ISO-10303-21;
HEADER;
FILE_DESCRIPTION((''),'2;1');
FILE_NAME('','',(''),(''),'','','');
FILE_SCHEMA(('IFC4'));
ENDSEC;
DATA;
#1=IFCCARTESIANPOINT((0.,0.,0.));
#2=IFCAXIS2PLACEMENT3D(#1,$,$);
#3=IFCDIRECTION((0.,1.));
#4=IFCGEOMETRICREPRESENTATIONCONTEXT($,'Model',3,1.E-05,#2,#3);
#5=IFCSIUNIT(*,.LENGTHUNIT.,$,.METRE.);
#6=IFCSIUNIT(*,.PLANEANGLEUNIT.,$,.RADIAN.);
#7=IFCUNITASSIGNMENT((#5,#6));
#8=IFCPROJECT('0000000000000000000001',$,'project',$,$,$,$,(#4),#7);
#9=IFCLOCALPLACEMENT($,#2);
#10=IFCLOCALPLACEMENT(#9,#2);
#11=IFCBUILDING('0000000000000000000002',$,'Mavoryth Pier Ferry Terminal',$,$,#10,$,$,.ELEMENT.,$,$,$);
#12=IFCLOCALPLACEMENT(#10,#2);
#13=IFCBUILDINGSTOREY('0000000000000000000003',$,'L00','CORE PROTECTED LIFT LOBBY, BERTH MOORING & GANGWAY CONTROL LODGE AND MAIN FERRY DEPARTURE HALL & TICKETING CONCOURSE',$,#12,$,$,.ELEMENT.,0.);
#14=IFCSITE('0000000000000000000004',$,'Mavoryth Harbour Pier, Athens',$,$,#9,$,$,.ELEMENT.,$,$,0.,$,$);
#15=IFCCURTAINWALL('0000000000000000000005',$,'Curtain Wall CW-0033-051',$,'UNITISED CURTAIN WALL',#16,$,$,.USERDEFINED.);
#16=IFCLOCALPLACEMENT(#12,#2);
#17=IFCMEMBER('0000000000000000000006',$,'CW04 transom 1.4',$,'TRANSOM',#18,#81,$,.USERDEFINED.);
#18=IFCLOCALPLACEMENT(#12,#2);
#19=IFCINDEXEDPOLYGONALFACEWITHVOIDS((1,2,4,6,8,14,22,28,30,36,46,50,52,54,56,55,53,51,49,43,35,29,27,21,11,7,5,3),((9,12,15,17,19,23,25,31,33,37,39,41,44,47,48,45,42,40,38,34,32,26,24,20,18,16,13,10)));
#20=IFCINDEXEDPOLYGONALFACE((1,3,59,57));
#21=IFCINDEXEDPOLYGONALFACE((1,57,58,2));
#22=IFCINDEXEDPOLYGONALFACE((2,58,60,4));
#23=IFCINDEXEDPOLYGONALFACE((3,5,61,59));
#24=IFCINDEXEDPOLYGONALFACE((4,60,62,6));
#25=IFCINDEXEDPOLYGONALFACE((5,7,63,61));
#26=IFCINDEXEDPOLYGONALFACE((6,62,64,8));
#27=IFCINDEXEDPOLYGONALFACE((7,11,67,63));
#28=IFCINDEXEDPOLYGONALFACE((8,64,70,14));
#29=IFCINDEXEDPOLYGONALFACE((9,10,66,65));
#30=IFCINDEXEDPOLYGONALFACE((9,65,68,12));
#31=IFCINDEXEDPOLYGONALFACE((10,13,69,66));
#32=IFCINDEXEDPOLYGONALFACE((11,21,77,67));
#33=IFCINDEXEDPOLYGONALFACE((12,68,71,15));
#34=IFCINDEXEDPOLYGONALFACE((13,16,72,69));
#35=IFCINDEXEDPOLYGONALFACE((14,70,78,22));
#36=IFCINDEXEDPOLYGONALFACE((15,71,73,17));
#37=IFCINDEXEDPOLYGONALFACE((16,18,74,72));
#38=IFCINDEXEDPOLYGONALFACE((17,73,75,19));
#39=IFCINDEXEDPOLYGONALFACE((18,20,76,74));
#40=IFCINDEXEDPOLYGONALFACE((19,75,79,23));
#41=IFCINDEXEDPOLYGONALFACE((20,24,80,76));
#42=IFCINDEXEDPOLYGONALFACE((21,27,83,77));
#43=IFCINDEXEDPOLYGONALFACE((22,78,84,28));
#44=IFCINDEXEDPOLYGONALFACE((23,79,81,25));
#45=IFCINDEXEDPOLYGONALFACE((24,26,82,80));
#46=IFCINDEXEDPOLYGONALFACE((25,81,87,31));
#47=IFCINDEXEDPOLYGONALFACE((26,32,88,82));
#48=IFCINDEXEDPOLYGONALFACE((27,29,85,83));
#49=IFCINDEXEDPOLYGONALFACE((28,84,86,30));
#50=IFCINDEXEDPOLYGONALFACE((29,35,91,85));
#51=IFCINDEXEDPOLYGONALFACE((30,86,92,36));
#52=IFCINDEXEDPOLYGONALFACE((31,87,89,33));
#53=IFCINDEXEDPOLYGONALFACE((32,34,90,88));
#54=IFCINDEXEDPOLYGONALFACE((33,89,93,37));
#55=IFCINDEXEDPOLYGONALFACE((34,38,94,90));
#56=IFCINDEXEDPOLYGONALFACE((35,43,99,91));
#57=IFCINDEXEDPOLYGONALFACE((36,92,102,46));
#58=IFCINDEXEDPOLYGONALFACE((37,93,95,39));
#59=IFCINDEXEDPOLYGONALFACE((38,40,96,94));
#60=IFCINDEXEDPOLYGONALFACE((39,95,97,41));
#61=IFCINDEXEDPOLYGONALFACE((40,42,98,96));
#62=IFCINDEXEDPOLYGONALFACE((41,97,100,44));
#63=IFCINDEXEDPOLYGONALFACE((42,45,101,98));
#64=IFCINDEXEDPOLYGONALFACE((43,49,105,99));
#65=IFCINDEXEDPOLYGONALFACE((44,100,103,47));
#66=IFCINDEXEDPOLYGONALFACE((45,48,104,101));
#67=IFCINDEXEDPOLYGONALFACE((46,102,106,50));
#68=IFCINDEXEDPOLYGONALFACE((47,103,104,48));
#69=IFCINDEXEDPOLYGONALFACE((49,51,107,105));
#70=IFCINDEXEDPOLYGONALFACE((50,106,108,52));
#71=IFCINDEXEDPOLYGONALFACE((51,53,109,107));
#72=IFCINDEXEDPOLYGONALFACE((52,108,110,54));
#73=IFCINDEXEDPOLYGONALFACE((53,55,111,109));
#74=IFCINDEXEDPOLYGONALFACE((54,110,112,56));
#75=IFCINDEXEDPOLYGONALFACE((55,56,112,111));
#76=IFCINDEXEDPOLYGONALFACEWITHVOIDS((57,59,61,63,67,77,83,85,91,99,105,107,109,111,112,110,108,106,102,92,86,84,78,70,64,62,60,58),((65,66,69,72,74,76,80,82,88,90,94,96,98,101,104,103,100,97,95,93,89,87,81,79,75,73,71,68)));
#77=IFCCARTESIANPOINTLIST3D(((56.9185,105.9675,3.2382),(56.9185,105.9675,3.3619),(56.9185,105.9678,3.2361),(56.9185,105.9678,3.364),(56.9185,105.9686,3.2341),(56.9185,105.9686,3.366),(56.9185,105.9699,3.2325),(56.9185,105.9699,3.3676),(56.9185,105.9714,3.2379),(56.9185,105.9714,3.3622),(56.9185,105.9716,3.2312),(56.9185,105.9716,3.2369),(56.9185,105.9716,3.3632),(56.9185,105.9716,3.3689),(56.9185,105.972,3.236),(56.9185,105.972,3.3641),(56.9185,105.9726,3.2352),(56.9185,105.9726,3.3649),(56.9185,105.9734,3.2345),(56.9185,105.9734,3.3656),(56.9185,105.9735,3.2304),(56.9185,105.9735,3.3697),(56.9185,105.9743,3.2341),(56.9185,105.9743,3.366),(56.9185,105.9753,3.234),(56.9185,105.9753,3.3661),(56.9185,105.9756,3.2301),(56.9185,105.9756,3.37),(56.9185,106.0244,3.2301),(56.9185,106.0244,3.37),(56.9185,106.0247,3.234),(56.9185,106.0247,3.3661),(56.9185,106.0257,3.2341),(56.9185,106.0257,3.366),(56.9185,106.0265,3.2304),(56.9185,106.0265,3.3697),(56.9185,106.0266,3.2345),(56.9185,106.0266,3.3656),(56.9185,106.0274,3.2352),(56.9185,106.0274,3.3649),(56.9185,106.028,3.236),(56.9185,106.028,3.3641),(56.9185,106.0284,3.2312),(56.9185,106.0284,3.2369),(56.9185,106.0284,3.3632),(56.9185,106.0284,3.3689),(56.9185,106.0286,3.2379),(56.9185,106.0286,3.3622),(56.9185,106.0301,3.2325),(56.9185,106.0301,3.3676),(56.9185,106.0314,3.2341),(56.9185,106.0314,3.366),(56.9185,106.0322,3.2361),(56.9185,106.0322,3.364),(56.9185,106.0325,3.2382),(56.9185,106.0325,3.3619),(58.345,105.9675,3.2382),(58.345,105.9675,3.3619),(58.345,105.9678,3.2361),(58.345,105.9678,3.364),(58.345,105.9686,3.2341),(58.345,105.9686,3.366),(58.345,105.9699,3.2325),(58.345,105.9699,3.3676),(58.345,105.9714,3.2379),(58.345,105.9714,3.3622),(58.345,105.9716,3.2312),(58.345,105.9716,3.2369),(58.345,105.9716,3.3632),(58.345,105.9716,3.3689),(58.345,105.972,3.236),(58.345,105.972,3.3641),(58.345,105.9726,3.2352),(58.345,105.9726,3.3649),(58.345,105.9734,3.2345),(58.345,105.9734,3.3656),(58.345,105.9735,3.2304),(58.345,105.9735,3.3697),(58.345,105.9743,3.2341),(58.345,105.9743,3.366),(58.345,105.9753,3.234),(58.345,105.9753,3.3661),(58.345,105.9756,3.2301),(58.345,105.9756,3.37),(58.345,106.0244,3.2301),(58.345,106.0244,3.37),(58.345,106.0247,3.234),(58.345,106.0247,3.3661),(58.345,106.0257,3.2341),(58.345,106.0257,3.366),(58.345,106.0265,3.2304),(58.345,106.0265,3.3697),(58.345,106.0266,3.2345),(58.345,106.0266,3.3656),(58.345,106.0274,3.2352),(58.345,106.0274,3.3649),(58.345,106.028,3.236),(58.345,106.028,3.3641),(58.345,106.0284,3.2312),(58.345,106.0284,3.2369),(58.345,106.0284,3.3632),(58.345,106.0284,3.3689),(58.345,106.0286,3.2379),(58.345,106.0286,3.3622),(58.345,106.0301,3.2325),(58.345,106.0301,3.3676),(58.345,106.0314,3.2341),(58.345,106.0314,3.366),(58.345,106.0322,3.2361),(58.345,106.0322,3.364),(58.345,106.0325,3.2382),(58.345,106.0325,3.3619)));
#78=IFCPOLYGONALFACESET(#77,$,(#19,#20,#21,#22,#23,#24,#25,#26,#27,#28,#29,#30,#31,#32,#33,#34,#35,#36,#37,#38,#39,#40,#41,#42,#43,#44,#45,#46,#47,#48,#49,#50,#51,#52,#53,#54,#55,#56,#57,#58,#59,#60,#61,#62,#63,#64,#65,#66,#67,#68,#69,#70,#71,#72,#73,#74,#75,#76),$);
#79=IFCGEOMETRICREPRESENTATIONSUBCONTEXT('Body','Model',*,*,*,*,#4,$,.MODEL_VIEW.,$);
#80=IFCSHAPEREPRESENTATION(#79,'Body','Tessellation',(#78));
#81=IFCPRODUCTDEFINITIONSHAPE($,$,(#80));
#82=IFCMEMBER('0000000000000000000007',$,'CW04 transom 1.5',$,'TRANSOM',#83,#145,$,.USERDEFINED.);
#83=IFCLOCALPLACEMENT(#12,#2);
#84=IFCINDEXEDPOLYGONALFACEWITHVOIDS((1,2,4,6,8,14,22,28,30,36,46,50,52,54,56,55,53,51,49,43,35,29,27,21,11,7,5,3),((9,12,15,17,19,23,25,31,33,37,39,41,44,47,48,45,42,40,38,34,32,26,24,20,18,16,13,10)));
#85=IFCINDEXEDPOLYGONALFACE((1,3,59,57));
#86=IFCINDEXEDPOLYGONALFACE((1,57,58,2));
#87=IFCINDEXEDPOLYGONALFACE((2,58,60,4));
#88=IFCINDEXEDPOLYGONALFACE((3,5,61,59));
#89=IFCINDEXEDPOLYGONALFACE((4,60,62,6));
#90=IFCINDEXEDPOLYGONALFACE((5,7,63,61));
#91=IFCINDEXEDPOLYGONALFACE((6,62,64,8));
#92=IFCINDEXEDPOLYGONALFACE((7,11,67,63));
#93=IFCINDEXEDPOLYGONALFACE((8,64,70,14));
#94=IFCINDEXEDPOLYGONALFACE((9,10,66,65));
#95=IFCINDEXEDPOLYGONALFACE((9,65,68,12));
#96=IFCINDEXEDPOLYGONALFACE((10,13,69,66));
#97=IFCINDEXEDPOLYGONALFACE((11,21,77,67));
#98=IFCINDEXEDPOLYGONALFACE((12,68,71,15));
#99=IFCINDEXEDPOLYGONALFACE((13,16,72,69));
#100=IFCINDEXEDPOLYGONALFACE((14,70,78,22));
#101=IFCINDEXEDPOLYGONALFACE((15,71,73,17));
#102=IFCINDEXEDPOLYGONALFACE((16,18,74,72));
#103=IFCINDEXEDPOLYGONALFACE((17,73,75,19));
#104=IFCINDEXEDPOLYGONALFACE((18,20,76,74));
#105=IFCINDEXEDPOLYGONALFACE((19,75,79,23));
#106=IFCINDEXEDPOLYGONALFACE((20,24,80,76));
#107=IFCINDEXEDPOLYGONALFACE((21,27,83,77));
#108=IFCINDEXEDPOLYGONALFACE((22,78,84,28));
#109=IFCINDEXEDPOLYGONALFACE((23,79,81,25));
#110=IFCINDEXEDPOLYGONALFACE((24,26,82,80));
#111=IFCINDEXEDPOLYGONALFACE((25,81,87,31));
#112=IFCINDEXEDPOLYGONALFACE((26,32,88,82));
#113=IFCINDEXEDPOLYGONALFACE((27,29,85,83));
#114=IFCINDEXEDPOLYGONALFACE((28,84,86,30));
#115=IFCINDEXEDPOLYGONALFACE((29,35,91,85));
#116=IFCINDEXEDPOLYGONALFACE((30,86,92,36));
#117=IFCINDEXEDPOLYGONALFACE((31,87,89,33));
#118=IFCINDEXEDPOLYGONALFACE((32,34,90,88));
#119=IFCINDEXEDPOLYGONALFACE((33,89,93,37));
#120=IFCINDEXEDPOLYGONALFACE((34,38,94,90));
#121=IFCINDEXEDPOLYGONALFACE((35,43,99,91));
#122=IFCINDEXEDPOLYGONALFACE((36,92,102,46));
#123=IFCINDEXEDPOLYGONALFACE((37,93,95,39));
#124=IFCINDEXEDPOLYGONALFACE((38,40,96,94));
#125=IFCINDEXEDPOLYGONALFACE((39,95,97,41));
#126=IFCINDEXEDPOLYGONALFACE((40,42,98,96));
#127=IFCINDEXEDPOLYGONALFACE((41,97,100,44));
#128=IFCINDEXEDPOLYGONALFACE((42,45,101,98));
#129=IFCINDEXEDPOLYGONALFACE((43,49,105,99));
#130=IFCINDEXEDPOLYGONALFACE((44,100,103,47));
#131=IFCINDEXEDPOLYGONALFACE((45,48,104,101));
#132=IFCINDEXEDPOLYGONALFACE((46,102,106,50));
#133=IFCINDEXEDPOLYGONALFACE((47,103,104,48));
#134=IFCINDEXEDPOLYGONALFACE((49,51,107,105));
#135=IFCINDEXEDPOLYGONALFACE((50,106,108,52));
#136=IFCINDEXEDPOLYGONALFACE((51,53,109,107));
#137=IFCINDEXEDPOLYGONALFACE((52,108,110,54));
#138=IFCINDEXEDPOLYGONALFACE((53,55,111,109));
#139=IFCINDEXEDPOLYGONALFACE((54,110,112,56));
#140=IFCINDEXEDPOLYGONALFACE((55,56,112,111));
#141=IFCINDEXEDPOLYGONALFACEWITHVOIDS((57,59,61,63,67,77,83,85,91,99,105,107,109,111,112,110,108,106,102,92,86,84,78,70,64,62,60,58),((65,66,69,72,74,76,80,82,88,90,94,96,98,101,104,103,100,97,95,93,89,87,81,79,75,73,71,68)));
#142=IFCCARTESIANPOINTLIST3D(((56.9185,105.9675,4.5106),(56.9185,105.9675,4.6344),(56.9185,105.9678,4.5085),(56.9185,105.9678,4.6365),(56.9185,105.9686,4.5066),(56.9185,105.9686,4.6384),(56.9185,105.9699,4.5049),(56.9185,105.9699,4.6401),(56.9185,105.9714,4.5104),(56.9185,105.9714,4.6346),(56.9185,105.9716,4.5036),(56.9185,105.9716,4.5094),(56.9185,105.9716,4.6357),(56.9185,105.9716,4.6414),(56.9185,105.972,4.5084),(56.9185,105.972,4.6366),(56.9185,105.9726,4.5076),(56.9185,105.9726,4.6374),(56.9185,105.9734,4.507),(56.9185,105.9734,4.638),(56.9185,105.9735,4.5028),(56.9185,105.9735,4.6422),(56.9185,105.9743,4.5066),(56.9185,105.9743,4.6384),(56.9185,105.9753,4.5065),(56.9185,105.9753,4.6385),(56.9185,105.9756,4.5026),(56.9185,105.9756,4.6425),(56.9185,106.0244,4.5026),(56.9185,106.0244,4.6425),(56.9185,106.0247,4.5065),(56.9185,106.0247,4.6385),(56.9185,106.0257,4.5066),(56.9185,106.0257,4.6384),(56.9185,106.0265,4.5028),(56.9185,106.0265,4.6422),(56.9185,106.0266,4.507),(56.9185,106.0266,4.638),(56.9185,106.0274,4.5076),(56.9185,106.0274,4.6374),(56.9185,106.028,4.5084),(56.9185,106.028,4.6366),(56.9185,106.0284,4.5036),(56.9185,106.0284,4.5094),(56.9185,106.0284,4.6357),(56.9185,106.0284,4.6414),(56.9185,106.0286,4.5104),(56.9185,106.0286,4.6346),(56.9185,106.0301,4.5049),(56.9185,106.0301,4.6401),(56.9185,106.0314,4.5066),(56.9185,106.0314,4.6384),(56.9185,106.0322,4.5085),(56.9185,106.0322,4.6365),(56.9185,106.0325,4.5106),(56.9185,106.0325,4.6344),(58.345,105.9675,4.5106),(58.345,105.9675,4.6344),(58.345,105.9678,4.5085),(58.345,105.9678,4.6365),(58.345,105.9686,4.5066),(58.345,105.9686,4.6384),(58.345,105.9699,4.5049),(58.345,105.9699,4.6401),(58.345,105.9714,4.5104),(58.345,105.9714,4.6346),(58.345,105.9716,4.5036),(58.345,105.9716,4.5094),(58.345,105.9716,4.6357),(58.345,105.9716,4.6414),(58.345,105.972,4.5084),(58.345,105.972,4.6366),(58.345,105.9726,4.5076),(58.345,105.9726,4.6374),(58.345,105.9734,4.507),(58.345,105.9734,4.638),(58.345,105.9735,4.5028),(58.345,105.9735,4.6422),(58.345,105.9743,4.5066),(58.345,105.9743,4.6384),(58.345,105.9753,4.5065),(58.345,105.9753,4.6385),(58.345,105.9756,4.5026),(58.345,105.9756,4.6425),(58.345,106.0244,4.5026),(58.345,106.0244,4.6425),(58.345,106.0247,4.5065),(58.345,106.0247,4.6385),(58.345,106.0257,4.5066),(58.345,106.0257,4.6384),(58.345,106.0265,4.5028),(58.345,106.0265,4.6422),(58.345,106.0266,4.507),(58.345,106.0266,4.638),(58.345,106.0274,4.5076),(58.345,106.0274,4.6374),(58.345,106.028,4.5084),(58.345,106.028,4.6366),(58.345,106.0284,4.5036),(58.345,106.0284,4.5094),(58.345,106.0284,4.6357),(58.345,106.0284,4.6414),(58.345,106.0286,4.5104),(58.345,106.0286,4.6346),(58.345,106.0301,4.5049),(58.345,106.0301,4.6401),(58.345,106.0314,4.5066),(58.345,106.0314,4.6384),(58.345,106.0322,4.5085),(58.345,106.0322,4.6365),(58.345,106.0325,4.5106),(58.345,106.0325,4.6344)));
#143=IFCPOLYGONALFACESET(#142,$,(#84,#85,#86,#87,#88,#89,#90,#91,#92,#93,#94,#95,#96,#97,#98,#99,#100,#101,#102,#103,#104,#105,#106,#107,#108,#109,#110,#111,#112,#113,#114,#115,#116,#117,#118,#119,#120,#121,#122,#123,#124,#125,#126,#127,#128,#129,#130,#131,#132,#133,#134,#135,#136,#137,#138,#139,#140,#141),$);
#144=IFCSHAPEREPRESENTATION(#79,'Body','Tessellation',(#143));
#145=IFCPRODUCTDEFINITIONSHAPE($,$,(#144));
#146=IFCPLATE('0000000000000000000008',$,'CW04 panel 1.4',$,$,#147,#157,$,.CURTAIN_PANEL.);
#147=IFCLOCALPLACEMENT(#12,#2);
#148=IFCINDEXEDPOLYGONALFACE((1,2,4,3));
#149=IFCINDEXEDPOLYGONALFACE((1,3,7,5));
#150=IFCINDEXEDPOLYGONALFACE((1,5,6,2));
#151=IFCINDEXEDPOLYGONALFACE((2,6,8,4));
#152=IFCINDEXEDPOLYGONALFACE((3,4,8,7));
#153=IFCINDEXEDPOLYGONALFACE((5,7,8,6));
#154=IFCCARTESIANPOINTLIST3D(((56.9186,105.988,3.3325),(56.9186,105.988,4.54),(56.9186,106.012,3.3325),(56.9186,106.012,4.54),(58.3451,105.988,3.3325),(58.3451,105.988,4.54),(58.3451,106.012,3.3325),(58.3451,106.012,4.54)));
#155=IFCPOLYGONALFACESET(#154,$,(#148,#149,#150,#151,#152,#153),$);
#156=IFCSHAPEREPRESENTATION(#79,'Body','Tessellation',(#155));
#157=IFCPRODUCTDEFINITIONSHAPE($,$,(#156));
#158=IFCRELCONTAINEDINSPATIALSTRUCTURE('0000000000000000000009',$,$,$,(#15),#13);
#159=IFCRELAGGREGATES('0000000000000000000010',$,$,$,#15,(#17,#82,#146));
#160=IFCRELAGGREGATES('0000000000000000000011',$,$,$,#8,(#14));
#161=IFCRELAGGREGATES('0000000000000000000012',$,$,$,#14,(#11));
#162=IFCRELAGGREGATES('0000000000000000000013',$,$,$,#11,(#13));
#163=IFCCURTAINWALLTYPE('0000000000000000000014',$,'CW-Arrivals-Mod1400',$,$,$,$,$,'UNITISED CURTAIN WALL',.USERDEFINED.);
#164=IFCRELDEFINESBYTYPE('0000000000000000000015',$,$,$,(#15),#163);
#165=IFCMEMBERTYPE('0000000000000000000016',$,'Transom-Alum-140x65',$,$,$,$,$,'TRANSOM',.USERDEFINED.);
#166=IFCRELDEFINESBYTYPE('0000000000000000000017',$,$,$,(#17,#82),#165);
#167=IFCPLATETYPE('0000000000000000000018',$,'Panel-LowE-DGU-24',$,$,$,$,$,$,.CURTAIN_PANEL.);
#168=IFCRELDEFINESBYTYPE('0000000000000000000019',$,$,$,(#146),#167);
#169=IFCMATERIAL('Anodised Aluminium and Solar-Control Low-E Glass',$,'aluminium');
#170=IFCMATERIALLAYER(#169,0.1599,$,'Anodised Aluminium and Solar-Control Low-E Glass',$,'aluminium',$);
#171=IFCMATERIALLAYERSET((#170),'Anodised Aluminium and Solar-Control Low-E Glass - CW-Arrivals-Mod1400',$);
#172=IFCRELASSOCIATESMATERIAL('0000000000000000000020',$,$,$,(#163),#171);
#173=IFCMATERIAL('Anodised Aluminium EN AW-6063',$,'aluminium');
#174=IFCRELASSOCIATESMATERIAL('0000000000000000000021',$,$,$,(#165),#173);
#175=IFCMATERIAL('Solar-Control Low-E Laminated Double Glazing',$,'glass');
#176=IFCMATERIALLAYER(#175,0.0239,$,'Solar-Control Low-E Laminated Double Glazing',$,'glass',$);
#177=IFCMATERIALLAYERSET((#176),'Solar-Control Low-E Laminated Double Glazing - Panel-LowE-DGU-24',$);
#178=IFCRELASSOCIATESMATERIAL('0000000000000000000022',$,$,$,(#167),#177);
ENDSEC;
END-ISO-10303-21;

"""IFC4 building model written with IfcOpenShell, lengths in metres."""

from ifc_helpers import new_model, si_unit, direction, frame, origin, origin_2d, place, context, subcontext, project, spatial, rectangle, hollow_rectangle, extrude, material, layer, layer_set, material_profile, profile_set, type_object, element, aggregate, save


model = new_model("IFC4")

# Units and contexts
model_context = context("Model", 3, precision=1e-05, world=origin(), true_north=direction((0.0, 1.0)))
body_context = subcontext(model_context, "Body", "Model", "MODEL_VIEW")
ifc_project = project(units=[si_unit("LENGTHUNIT", "METRE"), si_unit("PLANEANGLEUNIT", "RADIAN")], contexts=[model_context])

# Site, building, storey
site_placement = place(None, origin())
site = spatial("IfcSite", under=ifc_project, at=site_placement, Name="Mavoryth Harbour Pier, Athens", CompositionType="ELEMENT", RefElevation=0.0)
building_placement = place(site_placement, origin())
building = spatial("IfcBuilding", under=site, at=building_placement, Name="Mavoryth Pier Ferry Terminal", CompositionType="ELEMENT")
storey_placement = place(building_placement, origin())
storey = spatial("IfcBuildingStorey", under=building, at=storey_placement, Name="L00", Description="CORE PROTECTED LIFT LOBBY, BERTH MOORING & GANGWAY CONTROL LODGE AND MAIN FERRY DEPARTURE HALL & TICKETING CONCOURSE", CompositionType="ELEMENT", Elevation=0.0)

# Curtain wall
ifc_material_1 = material(Name="Anodised Aluminium and Solar-Control Low-E Glass", Category="aluminium")
ifc_layer_1 = layer(ifc_material_1, 0.1599, Name="Anodised Aluminium and Solar-Control Low-E Glass", Category="aluminium")
ifc_layer_set_1 = layer_set([ifc_layer_1], Name="Anodised Aluminium and Solar-Control Low-E Glass - CW-Arrivals-Mod1400")
curtain_wall_type = type_object("IfcCurtainWallType", Name="CW-Arrivals-Mod1400", ElementType="UNITISED CURTAIN WALL", PredefinedType="USERDEFINED", material=ifc_layer_set_1)
curtain_wall_1_placement = place(storey_placement, origin())
curtain_wall_1 = element("IfcCurtainWall", 1, at=curtain_wall_1_placement, inside=storey, type_object=curtain_wall_type, Name="Curtain Wall CW-0033-051", ObjectType="UNITISED CURTAIN WALL", PredefinedType="USERDEFINED")
ifc_material_2 = material(Name="Anodised Aluminium EN AW-6063", Category="aluminium")

# Members
ifc_material_profile_1 = material_profile(ifc_material_2, hollow_rectangle(XDim=0.0649, YDim=0.1399, WallThickness=0.0039, InnerFilletRadius=0.0039, OuterFilletRadius=0.0081, at=origin_2d()), Name="AL-TRAN 140x65x4", Category="aluminium")
ifc_profile_set_1 = profile_set([ifc_material_profile_1], Name="Anodised Aluminium EN AW-6063 - AL-TRAN 140x65x4")
member_type_1 = type_object("IfcMemberType", Name="Transom-Alum-140x65", ElementType="TRANSOM", PredefinedType="USERDEFINED", material=ifc_profile_set_1)
member_1_placement = place(storey_placement, frame((58.345, 106.0, 3.3), z_axis=(-1.0, 0.0, 0.0), x_axis=(0.0, -1.0, 0.0)))
member_1 = element("IfcMember", 2, at=member_1_placement, type_object=member_type_1, Name="CW04 transom 1.4", ObjectType="TRANSOM", PredefinedType="USERDEFINED", context=body_context, shape_type="SweptSolid", body=[
    extrude(hollow_rectangle(XDim=0.0649, YDim=0.1399, WallThickness=0.0039, InnerFilletRadius=0.0039, OuterFilletRadius=0.0081, at=origin_2d()), origin(), (0.0, 0.0, 1.0), 1.4265),
])
member_2_placement = place(storey_placement, frame((58.345, 106.0, 4.5725), z_axis=(-1.0, 0.0, 0.0), x_axis=(0.0, -1.0, 0.0)))
member_2 = element("IfcMember", 3, at=member_2_placement, type_object=member_type_1, Name="CW04 transom 1.5", ObjectType="TRANSOM", PredefinedType="USERDEFINED", context=body_context, shape_type="SweptSolid", body=[
    extrude(hollow_rectangle(XDim=0.0649, YDim=0.1399, WallThickness=0.0039, InnerFilletRadius=0.0039, OuterFilletRadius=0.0081, at=origin_2d()), origin(), (0.0, 0.0, 1.0), 1.4265),
])

# Plate
ifc_material_3 = material(Name="Solar-Control Low-E Laminated Double Glazing", Category="glass")
ifc_layer_2 = layer(ifc_material_3, 0.0239, Name="Solar-Control Low-E Laminated Double Glazing", Category="glass")
ifc_layer_set_2 = layer_set([ifc_layer_2], Name="Solar-Control Low-E Laminated Double Glazing - Panel-LowE-DGU-24")
plate_type = type_object("IfcPlateType", Name="Panel-LowE-DGU-24", PredefinedType="CURTAIN_PANEL", material=ifc_layer_set_2)
plate_placement = place(storey_placement, frame((57.6318, 106.0, 3.3325), z_axis=(0.0, 0.0, 1.0), x_axis=(-1.0, 0.0, 0.0)))
plate = element("IfcPlate", 4, at=plate_placement, type_object=plate_type, Name="CW04 panel 1.4", PredefinedType="CURTAIN_PANEL", context=body_context, shape_type="SweptSolid", body=[
    extrude(rectangle(XDim=1.4265, YDim=0.0239, at=origin_2d()), origin(), (0.0, 0.0, 1.0), 1.2075),
])
aggregate(curtain_wall_1, [member_1, member_2, plate])

save(model, "model.ifc")
